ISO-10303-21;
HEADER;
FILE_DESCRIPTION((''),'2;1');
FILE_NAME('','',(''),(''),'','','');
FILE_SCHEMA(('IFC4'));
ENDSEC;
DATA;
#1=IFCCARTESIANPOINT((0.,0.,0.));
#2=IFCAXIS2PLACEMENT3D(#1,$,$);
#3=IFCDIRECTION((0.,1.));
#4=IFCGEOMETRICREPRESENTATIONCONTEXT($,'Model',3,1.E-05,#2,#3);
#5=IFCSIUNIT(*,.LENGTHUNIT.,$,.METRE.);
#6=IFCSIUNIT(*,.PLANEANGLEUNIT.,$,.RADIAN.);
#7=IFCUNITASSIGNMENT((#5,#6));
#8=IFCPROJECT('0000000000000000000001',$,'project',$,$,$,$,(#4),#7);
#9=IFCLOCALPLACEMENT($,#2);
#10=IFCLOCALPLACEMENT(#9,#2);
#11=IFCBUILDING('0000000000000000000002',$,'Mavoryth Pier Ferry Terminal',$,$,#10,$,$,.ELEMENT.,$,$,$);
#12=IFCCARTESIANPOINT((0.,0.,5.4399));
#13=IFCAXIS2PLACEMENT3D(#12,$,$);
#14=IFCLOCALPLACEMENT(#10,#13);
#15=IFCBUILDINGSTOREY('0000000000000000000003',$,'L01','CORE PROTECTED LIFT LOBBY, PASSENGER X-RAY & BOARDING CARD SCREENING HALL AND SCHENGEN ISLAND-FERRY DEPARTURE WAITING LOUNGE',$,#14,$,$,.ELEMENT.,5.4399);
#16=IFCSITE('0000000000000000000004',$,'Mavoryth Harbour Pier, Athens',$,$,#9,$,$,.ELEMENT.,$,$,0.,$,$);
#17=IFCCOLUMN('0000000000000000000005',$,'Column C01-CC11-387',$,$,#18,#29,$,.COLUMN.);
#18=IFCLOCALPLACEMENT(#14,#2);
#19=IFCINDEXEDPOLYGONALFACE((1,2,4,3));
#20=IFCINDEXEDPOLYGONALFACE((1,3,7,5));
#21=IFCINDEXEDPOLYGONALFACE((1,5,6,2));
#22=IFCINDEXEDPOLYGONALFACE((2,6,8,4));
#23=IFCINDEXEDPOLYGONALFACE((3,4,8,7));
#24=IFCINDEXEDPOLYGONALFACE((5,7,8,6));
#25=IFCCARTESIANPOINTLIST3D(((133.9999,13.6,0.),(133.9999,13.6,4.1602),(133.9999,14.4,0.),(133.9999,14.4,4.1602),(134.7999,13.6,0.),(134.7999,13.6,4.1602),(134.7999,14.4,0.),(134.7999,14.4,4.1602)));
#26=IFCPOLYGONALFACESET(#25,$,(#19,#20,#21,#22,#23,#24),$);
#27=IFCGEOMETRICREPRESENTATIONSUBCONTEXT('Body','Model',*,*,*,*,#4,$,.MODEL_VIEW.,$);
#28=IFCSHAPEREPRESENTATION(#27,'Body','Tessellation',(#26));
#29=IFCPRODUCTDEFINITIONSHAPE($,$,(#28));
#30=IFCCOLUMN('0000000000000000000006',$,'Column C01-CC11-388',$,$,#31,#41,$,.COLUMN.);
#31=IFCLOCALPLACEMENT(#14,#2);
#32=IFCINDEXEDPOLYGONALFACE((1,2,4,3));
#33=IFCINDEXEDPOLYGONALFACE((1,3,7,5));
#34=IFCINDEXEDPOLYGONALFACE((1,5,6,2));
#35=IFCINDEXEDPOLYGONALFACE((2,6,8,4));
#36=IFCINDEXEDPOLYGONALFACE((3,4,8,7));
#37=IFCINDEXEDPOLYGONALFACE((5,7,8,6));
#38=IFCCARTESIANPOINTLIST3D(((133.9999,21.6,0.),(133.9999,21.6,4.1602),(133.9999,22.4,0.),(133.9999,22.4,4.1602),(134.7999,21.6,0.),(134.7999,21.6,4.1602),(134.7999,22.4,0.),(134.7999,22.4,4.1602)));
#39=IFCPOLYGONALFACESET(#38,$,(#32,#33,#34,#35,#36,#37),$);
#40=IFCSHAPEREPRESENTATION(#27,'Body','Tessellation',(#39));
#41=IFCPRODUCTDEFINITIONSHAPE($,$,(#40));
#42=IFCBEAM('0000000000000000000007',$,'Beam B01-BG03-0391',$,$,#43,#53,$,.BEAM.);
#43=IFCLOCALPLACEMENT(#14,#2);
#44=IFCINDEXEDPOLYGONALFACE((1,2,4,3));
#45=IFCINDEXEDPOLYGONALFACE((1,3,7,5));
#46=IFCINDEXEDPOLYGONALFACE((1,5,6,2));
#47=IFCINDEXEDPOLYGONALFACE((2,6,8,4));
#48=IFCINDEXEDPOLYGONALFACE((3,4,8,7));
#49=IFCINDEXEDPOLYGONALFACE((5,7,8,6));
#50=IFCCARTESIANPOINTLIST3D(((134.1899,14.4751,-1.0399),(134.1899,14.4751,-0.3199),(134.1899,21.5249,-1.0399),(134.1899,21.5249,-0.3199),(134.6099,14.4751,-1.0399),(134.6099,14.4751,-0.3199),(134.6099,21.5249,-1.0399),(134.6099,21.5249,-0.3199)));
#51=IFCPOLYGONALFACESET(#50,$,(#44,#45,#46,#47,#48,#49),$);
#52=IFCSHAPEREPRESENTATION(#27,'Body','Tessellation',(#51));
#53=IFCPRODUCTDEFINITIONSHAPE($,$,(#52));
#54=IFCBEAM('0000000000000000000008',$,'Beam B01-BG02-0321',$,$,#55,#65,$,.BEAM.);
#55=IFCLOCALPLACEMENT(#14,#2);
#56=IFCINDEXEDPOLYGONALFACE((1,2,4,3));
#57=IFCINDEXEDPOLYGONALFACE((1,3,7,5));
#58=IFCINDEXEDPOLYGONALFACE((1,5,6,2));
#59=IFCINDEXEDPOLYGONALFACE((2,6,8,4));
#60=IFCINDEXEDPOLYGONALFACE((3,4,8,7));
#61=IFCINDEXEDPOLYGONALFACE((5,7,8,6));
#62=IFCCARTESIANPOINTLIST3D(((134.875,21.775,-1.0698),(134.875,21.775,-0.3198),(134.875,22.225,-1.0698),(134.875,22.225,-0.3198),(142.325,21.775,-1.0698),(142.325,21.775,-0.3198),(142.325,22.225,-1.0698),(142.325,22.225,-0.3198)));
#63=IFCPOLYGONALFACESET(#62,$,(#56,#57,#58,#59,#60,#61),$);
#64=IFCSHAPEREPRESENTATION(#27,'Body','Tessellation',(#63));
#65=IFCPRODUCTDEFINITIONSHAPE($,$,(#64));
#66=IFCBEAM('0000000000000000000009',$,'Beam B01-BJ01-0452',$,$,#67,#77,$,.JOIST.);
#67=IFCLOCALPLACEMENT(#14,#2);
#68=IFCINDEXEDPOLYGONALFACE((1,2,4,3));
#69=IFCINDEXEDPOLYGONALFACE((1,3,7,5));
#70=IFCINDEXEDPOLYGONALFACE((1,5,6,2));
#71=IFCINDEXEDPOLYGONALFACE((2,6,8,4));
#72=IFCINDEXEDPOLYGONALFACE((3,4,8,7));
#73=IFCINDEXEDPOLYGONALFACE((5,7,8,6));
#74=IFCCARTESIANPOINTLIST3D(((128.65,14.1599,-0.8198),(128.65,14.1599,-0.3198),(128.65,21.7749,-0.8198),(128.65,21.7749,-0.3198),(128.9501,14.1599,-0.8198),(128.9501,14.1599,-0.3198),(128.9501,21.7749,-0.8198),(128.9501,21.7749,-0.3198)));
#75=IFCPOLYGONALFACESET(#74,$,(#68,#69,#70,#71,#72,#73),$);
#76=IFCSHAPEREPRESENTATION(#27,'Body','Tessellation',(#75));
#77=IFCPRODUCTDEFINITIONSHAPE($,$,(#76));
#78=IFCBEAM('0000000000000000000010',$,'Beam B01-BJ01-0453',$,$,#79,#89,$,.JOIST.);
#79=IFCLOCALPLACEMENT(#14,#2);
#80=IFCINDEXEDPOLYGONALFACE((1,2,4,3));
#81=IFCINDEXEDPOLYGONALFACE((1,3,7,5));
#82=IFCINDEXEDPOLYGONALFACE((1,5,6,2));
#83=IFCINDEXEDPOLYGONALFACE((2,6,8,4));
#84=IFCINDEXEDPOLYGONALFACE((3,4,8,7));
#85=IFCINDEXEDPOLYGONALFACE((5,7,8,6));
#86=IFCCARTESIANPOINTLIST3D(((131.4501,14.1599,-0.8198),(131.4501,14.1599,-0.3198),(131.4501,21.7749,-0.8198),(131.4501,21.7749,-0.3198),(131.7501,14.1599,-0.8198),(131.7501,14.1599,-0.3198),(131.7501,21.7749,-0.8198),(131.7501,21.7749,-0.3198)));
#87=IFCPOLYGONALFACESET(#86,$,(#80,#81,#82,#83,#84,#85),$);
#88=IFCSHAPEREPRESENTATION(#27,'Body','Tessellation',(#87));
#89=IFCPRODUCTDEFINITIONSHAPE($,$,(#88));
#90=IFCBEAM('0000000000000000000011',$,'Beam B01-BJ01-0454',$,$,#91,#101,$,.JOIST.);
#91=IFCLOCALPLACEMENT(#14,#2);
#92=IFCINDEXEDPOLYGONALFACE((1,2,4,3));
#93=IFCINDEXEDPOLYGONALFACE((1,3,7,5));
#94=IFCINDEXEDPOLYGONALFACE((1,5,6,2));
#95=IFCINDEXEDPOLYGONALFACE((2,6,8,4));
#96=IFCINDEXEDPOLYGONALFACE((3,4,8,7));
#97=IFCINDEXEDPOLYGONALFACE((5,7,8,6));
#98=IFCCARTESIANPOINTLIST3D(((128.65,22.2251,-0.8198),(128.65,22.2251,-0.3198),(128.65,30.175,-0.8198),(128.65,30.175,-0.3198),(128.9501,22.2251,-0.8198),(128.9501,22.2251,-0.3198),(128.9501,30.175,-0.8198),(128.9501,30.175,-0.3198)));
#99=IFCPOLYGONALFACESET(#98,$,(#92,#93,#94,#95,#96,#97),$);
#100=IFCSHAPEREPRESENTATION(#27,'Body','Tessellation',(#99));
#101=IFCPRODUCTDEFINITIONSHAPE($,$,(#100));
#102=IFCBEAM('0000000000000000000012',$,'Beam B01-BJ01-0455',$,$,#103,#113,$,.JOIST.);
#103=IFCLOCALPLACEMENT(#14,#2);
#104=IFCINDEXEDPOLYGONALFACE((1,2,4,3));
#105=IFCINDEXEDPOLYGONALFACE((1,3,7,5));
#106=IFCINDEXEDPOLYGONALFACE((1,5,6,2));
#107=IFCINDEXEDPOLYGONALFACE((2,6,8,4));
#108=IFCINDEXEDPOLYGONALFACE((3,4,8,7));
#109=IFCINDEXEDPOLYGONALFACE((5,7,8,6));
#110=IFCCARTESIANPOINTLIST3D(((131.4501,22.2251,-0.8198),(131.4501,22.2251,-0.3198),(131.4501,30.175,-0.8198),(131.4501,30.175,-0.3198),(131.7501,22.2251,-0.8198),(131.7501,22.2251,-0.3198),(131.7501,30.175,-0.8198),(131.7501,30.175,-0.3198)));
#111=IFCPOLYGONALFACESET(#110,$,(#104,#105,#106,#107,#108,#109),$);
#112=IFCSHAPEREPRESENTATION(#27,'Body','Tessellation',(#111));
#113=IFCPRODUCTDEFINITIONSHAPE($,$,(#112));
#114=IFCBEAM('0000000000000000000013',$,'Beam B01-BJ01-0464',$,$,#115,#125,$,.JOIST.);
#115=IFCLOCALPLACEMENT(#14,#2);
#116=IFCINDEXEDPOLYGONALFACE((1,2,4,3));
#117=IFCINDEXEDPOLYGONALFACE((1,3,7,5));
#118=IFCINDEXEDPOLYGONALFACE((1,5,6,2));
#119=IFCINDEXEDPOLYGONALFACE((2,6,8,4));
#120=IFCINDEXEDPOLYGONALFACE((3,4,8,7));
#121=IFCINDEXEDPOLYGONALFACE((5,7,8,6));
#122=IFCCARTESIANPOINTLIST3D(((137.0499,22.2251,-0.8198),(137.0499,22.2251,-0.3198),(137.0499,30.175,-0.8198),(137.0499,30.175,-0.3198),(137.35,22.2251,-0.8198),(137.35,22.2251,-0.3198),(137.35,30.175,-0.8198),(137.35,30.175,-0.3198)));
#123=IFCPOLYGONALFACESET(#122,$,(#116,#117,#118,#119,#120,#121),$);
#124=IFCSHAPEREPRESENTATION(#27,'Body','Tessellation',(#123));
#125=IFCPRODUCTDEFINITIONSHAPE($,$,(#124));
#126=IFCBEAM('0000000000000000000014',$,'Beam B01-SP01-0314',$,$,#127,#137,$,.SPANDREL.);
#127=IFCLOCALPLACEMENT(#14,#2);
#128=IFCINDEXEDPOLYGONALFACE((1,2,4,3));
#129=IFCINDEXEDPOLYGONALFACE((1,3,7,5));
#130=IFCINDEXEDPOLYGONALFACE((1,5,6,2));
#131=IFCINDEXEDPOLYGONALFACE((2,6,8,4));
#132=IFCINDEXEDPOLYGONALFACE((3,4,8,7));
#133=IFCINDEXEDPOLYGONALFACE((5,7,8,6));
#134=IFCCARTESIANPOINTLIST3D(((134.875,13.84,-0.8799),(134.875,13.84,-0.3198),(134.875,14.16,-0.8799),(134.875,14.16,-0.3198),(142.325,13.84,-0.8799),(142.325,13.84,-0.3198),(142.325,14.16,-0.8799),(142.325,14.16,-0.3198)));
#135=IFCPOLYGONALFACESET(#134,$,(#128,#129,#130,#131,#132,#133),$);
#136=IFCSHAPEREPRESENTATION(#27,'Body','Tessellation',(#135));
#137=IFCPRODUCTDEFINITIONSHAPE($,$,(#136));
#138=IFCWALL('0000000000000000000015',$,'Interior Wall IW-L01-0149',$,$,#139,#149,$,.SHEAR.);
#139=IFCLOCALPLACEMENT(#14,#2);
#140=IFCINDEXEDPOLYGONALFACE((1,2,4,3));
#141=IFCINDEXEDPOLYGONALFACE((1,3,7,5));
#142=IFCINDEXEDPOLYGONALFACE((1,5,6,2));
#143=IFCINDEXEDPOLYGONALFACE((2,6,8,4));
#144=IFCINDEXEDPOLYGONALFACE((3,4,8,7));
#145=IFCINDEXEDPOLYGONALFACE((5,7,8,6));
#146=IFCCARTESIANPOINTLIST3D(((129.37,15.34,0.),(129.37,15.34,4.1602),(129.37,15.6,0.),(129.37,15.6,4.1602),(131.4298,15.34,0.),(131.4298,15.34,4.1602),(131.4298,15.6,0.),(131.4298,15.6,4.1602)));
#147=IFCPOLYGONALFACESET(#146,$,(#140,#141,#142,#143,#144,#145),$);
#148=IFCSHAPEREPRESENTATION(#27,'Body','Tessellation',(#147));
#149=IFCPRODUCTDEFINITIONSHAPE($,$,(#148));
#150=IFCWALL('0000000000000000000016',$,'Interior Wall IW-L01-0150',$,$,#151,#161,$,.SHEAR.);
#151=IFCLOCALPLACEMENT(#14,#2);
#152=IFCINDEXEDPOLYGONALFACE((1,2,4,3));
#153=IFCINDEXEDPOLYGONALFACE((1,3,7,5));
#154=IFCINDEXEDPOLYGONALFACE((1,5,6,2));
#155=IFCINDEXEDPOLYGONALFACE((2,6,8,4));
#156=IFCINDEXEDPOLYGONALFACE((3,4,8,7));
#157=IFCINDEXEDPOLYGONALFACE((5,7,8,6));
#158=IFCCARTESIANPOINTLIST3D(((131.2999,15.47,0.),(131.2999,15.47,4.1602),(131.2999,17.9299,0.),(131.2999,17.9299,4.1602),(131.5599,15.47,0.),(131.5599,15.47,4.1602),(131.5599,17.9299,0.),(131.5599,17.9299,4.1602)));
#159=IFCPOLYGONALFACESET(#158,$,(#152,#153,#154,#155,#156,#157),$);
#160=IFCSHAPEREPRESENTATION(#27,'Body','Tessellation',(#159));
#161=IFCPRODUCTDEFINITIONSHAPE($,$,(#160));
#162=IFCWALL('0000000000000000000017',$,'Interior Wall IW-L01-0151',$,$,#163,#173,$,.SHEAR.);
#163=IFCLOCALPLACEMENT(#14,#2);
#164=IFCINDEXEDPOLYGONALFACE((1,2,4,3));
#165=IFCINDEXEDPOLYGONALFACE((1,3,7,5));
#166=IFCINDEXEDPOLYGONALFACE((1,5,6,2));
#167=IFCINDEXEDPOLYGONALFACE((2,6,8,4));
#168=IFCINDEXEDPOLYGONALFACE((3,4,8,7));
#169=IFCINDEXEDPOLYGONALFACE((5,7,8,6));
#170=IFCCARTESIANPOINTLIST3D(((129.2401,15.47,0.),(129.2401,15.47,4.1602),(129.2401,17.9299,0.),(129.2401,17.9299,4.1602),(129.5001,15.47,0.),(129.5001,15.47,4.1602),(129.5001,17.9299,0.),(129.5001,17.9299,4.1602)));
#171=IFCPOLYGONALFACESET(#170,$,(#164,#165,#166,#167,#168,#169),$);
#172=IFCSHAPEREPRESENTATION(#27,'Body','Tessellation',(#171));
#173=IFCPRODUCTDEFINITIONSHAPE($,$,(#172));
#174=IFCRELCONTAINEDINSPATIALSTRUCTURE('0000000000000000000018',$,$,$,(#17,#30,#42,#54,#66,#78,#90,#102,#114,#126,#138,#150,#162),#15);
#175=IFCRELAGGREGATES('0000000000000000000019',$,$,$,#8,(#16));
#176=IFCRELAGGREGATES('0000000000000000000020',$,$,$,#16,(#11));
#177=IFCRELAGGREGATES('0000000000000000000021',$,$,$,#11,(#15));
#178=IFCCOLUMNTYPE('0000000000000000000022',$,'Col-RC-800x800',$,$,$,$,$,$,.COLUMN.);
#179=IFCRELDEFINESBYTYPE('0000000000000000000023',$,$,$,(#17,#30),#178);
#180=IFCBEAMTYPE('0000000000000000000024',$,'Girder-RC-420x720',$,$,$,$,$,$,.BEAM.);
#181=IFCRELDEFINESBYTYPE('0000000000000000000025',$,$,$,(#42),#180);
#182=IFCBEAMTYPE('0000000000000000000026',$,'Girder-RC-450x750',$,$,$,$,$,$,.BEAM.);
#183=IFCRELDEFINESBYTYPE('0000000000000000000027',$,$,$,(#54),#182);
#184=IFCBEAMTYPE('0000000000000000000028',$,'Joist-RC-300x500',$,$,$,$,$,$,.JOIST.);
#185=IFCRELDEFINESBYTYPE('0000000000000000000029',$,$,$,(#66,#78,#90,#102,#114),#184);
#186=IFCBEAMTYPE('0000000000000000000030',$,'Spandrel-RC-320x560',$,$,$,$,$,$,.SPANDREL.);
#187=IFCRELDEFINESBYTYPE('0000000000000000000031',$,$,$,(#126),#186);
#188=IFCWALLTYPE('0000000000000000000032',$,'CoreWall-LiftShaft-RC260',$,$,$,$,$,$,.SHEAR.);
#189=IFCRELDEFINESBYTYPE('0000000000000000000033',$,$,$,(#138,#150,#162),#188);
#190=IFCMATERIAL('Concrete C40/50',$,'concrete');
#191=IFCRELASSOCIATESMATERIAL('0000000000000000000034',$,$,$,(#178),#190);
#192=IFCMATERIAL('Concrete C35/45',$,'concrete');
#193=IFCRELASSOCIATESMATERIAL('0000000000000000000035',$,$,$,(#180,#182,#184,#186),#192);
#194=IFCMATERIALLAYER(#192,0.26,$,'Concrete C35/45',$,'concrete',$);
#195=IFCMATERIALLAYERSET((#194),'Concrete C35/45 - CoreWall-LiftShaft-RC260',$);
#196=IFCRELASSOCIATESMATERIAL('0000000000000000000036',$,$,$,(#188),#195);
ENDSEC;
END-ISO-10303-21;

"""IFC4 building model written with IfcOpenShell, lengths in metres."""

from ifc_helpers import new_model, si_unit, direction, frame, frame_2d, origin, origin_2d, place, context, subcontext, project, spatial, rectangle, extrude, material, layer, layer_set, material_profile, profile_set, type_object, element, save


model = new_model("IFC4")

# Units and contexts
model_context = context("Model", 3, precision=1e-05, world=origin(), true_north=direction((0.0, 1.0)))
body_context = subcontext(model_context, "Body", "Model", "MODEL_VIEW")
ifc_project = project(units=[si_unit("LENGTHUNIT", "METRE"), si_unit("PLANEANGLEUNIT", "RADIAN")], contexts=[model_context])

# Site, building, storey
site_placement = place(None, origin())
site = spatial("IfcSite", under=ifc_project, at=site_placement, Name="Mavoryth Harbour Pier, Athens", CompositionType="ELEMENT", RefElevation=0.0)
building_placement = place(site_placement, origin())
building = spatial("IfcBuilding", under=site, at=building_placement, Name="Mavoryth Pier Ferry Terminal", CompositionType="ELEMENT")
storey_placement = place(building_placement, frame((0.0, 0.0, 5.4399)))
storey = spatial("IfcBuildingStorey", under=building, at=storey_placement, Name="L01", Description="CORE PROTECTED LIFT LOBBY, PASSENGER X-RAY & BOARDING CARD SCREENING HALL AND SCHENGEN ISLAND-FERRY DEPARTURE WAITING LOUNGE", CompositionType="ELEMENT", Elevation=5.4399)

# Columns
ifc_material_1 = material(Name="Concrete C40/50", Category="concrete")
ifc_material_profile_1 = material_profile(ifc_material_1, rectangle(XDim=0.8, YDim=0.8, at=origin_2d()), Name="RC 800x800", Category="concrete")
ifc_profile_set_1 = profile_set([ifc_material_profile_1], Name="Concrete C40/50 - RC 800x800")
column_type = type_object("IfcColumnType", Name="Col-RC-800x800", PredefinedType="COLUMN", material=ifc_profile_set_1)
for number, where, z_axis, x_axis, name in (
    (1, (134.3999, 14.0, 0.0), (0.0, 0.0, 1.0), (1.0, 0.0, 0.0), "Column C01-CC11-387"),
    (2, (134.3999, 22.0, 0.0), (0.0, 0.0, 1.0), (1.0, 0.0, 0.0), "Column C01-CC11-388"),
):
    element("IfcColumn", number, at=place(storey_placement, frame(where, z_axis=z_axis, x_axis=x_axis)), inside=storey, type_object=column_type, Name=name, PredefinedType="COLUMN", context=body_context, shape_type="SweptSolid", body=[
        extrude(rectangle(XDim=0.8, YDim=0.8, at=origin_2d()), origin(), (0.0, 0.0, 1.0), 4.1602),
    ])

# Beams
ifc_material_2 = material(Name="Concrete C35/45", Category="concrete")
ifc_material_profile_2 = material_profile(ifc_material_2, rectangle(XDim=0.4199, YDim=0.72, at=origin_2d()), Name="RC 420x720", Category="concrete")
ifc_profile_set_2 = profile_set([ifc_material_profile_2], Name="Concrete C35/45 - RC 420x720")
beam_type_1 = type_object("IfcBeamType", Name="Girder-RC-420x720", PredefinedType="BEAM", material=ifc_profile_set_2)
beam_1_placement = place(storey_placement, frame((134.3999, 14.4751, -0.6799), z_axis=(0.0, 1.0, 0.0), x_axis=(-1.0, 0.0, 0.0)))
element("IfcBeam", 3, at=beam_1_placement, inside=storey, type_object=beam_type_1, Name="Beam B01-BG03-0391", PredefinedType="BEAM", context=body_context, shape_type="SweptSolid", body=[
    extrude(rectangle(XDim=0.4199, YDim=0.72, at=origin_2d()), origin(), (0.0, 0.0, 1.0), 7.0498),
])
ifc_material_profile_3 = material_profile(ifc_material_2, rectangle(XDim=0.45, YDim=0.75, at=origin_2d()), Name="RC 450x750", Category="concrete")
ifc_profile_set_3 = profile_set([ifc_material_profile_3], Name="Concrete C35/45 - RC 450x750")
beam_type_2 = type_object("IfcBeamType", Name="Girder-RC-450x750", PredefinedType="BEAM", material=ifc_profile_set_3)
beam_2_placement = place(storey_placement, frame((134.875, 22.0, -0.6948), z_axis=(1.0, 0.0, 0.0), x_axis=(0.0, 1.0, 0.0)))
element("IfcBeam", 4, at=beam_2_placement, inside=storey, type_object=beam_type_2, Name="Beam B01-BG02-0321", PredefinedType="BEAM", context=body_context, shape_type="SweptSolid", body=[
    extrude(rectangle(XDim=0.45, YDim=0.75, at=origin_2d()), origin(), (0.0, 0.0, 1.0), 7.45),
])
ifc_material_profile_4 = material_profile(ifc_material_2, rectangle(XDim=0.3, YDim=0.5, at=origin_2d()), Name="RC 300x500", Category="concrete")
ifc_profile_set_4 = profile_set([ifc_material_profile_4], Name="Concrete C35/45 - RC 300x500")
beam_type_3 = type_object("IfcBeamType", Name="Joist-RC-300x500", PredefinedType="JOIST", material=ifc_profile_set_4)
for number, where, z_axis, x_axis, name in (
    (5, (128.8, 14.1599, -0.5698), (0.0, 1.0, 0.0), (-1.0, 0.0, 0.0), "Beam B01-BJ01-0452"),
    (6, (131.6001, 14.1599, -0.5698), (0.0, 1.0, 0.0), (-1.0, 0.0, 0.0), "Beam B01-BJ01-0453"),
):
    element("IfcBeam", number, at=place(storey_placement, frame(where, z_axis=z_axis, x_axis=x_axis)), inside=storey, type_object=beam_type_3, Name=name, PredefinedType="JOIST", context=body_context, shape_type="SweptSolid", body=[
        extrude(rectangle(XDim=0.3, YDim=0.5, at=origin_2d()), origin(), (0.0, 0.0, 1.0), 7.615),
    ])
for number, where, z_axis, x_axis, name in (
    (7, (128.8, 22.2251, -0.5698), (0.0, 1.0, 0.0), (-1.0, 0.0, 0.0), "Beam B01-BJ01-0454"),
    (8, (131.6001, 22.2251, -0.5698), (0.0, 1.0, 0.0), (-1.0, 0.0, 0.0), "Beam B01-BJ01-0455"),
    (9, (137.2, 22.2251, -0.5698), (0.0, 1.0, 0.0), (-1.0, 0.0, 0.0), "Beam B01-BJ01-0464"),
):
    element("IfcBeam", number, at=place(storey_placement, frame(where, z_axis=z_axis, x_axis=x_axis)), inside=storey, type_object=beam_type_3, Name=name, PredefinedType="JOIST", context=body_context, shape_type="SweptSolid", body=[
        extrude(rectangle(XDim=0.3, YDim=0.5, at=origin_2d()), origin(), (0.0, 0.0, 1.0), 7.95),
    ])
ifc_material_profile_5 = material_profile(ifc_material_2, rectangle(XDim=0.3201, YDim=0.5601, at=origin_2d()), Name="RC 320x560", Category="concrete")
ifc_profile_set_5 = profile_set([ifc_material_profile_5], Name="Concrete C35/45 - RC 320x560")
beam_type_4 = type_object("IfcBeamType", Name="Spandrel-RC-320x560", PredefinedType="SPANDREL", material=ifc_profile_set_5)
beam_3_placement = place(storey_placement, frame((134.875, 14.0, -0.5999), z_axis=(1.0, 0.0, 0.0), x_axis=(0.0, 1.0, 0.0)))
element("IfcBeam", 10, at=beam_3_placement, inside=storey, type_object=beam_type_4, Name="Beam B01-SP01-0314", PredefinedType="SPANDREL", context=body_context, shape_type="SweptSolid", body=[
    extrude(rectangle(XDim=0.3201, YDim=0.5601, at=origin_2d()), origin(), (0.0, 0.0, 1.0), 7.45),
])

# Walls
ifc_layer_1 = layer(ifc_material_2, 0.26, Name="Concrete C35/45", Category="concrete")
ifc_layer_set_1 = layer_set([ifc_layer_1], Name="Concrete C35/45 - CoreWall-LiftShaft-RC260")
wall_type_1 = type_object("IfcWallType", Name="CoreWall-LiftShaft-RC260", PredefinedType="SHEAR", material=ifc_layer_set_1)
wall_1_placement = place(storey_placement, frame((129.3701, 15.47, 0.0), z_axis=(0.0, 0.0, 1.0), x_axis=(1.0, 0.0, 0.0)))
element("IfcWall", 11, at=wall_1_placement, inside=storey, type_object=wall_type_1, Name="Interior Wall IW-L01-0149", PredefinedType="SHEAR", context=body_context, shape_type="SweptSolid", body=[
    extrude(rectangle(XDim=2.0598, YDim=0.26, at=frame_2d((1.0298, 0.0))), origin(), (0.0, 0.0, 1.0), 4.1602),
])
for number, where, z_axis, x_axis, name in (
    (12, (131.4299, 15.47, 0.0), (0.0, 0.0, 1.0), (0.0, 1.0, 0.0), "Interior Wall IW-L01-0150"),
    (13, (129.3701, 17.9299, 0.0), (0.0, 0.0, 1.0), (0.0, -1.0, 0.0), "Interior Wall IW-L01-0151"),
):
    element("IfcWall", number, at=place(storey_placement, frame(where, z_axis=z_axis, x_axis=x_axis)), inside=storey, type_object=wall_type_1, Name=name, PredefinedType="SHEAR", context=body_context, shape_type="SweptSolid", body=[
        extrude(rectangle(XDim=2.46, YDim=0.26, at=frame_2d((1.23, 0.0))), origin(), (0.0, 0.0, 1.0), 4.1602),
    ])

save(model, "model.ifc")
